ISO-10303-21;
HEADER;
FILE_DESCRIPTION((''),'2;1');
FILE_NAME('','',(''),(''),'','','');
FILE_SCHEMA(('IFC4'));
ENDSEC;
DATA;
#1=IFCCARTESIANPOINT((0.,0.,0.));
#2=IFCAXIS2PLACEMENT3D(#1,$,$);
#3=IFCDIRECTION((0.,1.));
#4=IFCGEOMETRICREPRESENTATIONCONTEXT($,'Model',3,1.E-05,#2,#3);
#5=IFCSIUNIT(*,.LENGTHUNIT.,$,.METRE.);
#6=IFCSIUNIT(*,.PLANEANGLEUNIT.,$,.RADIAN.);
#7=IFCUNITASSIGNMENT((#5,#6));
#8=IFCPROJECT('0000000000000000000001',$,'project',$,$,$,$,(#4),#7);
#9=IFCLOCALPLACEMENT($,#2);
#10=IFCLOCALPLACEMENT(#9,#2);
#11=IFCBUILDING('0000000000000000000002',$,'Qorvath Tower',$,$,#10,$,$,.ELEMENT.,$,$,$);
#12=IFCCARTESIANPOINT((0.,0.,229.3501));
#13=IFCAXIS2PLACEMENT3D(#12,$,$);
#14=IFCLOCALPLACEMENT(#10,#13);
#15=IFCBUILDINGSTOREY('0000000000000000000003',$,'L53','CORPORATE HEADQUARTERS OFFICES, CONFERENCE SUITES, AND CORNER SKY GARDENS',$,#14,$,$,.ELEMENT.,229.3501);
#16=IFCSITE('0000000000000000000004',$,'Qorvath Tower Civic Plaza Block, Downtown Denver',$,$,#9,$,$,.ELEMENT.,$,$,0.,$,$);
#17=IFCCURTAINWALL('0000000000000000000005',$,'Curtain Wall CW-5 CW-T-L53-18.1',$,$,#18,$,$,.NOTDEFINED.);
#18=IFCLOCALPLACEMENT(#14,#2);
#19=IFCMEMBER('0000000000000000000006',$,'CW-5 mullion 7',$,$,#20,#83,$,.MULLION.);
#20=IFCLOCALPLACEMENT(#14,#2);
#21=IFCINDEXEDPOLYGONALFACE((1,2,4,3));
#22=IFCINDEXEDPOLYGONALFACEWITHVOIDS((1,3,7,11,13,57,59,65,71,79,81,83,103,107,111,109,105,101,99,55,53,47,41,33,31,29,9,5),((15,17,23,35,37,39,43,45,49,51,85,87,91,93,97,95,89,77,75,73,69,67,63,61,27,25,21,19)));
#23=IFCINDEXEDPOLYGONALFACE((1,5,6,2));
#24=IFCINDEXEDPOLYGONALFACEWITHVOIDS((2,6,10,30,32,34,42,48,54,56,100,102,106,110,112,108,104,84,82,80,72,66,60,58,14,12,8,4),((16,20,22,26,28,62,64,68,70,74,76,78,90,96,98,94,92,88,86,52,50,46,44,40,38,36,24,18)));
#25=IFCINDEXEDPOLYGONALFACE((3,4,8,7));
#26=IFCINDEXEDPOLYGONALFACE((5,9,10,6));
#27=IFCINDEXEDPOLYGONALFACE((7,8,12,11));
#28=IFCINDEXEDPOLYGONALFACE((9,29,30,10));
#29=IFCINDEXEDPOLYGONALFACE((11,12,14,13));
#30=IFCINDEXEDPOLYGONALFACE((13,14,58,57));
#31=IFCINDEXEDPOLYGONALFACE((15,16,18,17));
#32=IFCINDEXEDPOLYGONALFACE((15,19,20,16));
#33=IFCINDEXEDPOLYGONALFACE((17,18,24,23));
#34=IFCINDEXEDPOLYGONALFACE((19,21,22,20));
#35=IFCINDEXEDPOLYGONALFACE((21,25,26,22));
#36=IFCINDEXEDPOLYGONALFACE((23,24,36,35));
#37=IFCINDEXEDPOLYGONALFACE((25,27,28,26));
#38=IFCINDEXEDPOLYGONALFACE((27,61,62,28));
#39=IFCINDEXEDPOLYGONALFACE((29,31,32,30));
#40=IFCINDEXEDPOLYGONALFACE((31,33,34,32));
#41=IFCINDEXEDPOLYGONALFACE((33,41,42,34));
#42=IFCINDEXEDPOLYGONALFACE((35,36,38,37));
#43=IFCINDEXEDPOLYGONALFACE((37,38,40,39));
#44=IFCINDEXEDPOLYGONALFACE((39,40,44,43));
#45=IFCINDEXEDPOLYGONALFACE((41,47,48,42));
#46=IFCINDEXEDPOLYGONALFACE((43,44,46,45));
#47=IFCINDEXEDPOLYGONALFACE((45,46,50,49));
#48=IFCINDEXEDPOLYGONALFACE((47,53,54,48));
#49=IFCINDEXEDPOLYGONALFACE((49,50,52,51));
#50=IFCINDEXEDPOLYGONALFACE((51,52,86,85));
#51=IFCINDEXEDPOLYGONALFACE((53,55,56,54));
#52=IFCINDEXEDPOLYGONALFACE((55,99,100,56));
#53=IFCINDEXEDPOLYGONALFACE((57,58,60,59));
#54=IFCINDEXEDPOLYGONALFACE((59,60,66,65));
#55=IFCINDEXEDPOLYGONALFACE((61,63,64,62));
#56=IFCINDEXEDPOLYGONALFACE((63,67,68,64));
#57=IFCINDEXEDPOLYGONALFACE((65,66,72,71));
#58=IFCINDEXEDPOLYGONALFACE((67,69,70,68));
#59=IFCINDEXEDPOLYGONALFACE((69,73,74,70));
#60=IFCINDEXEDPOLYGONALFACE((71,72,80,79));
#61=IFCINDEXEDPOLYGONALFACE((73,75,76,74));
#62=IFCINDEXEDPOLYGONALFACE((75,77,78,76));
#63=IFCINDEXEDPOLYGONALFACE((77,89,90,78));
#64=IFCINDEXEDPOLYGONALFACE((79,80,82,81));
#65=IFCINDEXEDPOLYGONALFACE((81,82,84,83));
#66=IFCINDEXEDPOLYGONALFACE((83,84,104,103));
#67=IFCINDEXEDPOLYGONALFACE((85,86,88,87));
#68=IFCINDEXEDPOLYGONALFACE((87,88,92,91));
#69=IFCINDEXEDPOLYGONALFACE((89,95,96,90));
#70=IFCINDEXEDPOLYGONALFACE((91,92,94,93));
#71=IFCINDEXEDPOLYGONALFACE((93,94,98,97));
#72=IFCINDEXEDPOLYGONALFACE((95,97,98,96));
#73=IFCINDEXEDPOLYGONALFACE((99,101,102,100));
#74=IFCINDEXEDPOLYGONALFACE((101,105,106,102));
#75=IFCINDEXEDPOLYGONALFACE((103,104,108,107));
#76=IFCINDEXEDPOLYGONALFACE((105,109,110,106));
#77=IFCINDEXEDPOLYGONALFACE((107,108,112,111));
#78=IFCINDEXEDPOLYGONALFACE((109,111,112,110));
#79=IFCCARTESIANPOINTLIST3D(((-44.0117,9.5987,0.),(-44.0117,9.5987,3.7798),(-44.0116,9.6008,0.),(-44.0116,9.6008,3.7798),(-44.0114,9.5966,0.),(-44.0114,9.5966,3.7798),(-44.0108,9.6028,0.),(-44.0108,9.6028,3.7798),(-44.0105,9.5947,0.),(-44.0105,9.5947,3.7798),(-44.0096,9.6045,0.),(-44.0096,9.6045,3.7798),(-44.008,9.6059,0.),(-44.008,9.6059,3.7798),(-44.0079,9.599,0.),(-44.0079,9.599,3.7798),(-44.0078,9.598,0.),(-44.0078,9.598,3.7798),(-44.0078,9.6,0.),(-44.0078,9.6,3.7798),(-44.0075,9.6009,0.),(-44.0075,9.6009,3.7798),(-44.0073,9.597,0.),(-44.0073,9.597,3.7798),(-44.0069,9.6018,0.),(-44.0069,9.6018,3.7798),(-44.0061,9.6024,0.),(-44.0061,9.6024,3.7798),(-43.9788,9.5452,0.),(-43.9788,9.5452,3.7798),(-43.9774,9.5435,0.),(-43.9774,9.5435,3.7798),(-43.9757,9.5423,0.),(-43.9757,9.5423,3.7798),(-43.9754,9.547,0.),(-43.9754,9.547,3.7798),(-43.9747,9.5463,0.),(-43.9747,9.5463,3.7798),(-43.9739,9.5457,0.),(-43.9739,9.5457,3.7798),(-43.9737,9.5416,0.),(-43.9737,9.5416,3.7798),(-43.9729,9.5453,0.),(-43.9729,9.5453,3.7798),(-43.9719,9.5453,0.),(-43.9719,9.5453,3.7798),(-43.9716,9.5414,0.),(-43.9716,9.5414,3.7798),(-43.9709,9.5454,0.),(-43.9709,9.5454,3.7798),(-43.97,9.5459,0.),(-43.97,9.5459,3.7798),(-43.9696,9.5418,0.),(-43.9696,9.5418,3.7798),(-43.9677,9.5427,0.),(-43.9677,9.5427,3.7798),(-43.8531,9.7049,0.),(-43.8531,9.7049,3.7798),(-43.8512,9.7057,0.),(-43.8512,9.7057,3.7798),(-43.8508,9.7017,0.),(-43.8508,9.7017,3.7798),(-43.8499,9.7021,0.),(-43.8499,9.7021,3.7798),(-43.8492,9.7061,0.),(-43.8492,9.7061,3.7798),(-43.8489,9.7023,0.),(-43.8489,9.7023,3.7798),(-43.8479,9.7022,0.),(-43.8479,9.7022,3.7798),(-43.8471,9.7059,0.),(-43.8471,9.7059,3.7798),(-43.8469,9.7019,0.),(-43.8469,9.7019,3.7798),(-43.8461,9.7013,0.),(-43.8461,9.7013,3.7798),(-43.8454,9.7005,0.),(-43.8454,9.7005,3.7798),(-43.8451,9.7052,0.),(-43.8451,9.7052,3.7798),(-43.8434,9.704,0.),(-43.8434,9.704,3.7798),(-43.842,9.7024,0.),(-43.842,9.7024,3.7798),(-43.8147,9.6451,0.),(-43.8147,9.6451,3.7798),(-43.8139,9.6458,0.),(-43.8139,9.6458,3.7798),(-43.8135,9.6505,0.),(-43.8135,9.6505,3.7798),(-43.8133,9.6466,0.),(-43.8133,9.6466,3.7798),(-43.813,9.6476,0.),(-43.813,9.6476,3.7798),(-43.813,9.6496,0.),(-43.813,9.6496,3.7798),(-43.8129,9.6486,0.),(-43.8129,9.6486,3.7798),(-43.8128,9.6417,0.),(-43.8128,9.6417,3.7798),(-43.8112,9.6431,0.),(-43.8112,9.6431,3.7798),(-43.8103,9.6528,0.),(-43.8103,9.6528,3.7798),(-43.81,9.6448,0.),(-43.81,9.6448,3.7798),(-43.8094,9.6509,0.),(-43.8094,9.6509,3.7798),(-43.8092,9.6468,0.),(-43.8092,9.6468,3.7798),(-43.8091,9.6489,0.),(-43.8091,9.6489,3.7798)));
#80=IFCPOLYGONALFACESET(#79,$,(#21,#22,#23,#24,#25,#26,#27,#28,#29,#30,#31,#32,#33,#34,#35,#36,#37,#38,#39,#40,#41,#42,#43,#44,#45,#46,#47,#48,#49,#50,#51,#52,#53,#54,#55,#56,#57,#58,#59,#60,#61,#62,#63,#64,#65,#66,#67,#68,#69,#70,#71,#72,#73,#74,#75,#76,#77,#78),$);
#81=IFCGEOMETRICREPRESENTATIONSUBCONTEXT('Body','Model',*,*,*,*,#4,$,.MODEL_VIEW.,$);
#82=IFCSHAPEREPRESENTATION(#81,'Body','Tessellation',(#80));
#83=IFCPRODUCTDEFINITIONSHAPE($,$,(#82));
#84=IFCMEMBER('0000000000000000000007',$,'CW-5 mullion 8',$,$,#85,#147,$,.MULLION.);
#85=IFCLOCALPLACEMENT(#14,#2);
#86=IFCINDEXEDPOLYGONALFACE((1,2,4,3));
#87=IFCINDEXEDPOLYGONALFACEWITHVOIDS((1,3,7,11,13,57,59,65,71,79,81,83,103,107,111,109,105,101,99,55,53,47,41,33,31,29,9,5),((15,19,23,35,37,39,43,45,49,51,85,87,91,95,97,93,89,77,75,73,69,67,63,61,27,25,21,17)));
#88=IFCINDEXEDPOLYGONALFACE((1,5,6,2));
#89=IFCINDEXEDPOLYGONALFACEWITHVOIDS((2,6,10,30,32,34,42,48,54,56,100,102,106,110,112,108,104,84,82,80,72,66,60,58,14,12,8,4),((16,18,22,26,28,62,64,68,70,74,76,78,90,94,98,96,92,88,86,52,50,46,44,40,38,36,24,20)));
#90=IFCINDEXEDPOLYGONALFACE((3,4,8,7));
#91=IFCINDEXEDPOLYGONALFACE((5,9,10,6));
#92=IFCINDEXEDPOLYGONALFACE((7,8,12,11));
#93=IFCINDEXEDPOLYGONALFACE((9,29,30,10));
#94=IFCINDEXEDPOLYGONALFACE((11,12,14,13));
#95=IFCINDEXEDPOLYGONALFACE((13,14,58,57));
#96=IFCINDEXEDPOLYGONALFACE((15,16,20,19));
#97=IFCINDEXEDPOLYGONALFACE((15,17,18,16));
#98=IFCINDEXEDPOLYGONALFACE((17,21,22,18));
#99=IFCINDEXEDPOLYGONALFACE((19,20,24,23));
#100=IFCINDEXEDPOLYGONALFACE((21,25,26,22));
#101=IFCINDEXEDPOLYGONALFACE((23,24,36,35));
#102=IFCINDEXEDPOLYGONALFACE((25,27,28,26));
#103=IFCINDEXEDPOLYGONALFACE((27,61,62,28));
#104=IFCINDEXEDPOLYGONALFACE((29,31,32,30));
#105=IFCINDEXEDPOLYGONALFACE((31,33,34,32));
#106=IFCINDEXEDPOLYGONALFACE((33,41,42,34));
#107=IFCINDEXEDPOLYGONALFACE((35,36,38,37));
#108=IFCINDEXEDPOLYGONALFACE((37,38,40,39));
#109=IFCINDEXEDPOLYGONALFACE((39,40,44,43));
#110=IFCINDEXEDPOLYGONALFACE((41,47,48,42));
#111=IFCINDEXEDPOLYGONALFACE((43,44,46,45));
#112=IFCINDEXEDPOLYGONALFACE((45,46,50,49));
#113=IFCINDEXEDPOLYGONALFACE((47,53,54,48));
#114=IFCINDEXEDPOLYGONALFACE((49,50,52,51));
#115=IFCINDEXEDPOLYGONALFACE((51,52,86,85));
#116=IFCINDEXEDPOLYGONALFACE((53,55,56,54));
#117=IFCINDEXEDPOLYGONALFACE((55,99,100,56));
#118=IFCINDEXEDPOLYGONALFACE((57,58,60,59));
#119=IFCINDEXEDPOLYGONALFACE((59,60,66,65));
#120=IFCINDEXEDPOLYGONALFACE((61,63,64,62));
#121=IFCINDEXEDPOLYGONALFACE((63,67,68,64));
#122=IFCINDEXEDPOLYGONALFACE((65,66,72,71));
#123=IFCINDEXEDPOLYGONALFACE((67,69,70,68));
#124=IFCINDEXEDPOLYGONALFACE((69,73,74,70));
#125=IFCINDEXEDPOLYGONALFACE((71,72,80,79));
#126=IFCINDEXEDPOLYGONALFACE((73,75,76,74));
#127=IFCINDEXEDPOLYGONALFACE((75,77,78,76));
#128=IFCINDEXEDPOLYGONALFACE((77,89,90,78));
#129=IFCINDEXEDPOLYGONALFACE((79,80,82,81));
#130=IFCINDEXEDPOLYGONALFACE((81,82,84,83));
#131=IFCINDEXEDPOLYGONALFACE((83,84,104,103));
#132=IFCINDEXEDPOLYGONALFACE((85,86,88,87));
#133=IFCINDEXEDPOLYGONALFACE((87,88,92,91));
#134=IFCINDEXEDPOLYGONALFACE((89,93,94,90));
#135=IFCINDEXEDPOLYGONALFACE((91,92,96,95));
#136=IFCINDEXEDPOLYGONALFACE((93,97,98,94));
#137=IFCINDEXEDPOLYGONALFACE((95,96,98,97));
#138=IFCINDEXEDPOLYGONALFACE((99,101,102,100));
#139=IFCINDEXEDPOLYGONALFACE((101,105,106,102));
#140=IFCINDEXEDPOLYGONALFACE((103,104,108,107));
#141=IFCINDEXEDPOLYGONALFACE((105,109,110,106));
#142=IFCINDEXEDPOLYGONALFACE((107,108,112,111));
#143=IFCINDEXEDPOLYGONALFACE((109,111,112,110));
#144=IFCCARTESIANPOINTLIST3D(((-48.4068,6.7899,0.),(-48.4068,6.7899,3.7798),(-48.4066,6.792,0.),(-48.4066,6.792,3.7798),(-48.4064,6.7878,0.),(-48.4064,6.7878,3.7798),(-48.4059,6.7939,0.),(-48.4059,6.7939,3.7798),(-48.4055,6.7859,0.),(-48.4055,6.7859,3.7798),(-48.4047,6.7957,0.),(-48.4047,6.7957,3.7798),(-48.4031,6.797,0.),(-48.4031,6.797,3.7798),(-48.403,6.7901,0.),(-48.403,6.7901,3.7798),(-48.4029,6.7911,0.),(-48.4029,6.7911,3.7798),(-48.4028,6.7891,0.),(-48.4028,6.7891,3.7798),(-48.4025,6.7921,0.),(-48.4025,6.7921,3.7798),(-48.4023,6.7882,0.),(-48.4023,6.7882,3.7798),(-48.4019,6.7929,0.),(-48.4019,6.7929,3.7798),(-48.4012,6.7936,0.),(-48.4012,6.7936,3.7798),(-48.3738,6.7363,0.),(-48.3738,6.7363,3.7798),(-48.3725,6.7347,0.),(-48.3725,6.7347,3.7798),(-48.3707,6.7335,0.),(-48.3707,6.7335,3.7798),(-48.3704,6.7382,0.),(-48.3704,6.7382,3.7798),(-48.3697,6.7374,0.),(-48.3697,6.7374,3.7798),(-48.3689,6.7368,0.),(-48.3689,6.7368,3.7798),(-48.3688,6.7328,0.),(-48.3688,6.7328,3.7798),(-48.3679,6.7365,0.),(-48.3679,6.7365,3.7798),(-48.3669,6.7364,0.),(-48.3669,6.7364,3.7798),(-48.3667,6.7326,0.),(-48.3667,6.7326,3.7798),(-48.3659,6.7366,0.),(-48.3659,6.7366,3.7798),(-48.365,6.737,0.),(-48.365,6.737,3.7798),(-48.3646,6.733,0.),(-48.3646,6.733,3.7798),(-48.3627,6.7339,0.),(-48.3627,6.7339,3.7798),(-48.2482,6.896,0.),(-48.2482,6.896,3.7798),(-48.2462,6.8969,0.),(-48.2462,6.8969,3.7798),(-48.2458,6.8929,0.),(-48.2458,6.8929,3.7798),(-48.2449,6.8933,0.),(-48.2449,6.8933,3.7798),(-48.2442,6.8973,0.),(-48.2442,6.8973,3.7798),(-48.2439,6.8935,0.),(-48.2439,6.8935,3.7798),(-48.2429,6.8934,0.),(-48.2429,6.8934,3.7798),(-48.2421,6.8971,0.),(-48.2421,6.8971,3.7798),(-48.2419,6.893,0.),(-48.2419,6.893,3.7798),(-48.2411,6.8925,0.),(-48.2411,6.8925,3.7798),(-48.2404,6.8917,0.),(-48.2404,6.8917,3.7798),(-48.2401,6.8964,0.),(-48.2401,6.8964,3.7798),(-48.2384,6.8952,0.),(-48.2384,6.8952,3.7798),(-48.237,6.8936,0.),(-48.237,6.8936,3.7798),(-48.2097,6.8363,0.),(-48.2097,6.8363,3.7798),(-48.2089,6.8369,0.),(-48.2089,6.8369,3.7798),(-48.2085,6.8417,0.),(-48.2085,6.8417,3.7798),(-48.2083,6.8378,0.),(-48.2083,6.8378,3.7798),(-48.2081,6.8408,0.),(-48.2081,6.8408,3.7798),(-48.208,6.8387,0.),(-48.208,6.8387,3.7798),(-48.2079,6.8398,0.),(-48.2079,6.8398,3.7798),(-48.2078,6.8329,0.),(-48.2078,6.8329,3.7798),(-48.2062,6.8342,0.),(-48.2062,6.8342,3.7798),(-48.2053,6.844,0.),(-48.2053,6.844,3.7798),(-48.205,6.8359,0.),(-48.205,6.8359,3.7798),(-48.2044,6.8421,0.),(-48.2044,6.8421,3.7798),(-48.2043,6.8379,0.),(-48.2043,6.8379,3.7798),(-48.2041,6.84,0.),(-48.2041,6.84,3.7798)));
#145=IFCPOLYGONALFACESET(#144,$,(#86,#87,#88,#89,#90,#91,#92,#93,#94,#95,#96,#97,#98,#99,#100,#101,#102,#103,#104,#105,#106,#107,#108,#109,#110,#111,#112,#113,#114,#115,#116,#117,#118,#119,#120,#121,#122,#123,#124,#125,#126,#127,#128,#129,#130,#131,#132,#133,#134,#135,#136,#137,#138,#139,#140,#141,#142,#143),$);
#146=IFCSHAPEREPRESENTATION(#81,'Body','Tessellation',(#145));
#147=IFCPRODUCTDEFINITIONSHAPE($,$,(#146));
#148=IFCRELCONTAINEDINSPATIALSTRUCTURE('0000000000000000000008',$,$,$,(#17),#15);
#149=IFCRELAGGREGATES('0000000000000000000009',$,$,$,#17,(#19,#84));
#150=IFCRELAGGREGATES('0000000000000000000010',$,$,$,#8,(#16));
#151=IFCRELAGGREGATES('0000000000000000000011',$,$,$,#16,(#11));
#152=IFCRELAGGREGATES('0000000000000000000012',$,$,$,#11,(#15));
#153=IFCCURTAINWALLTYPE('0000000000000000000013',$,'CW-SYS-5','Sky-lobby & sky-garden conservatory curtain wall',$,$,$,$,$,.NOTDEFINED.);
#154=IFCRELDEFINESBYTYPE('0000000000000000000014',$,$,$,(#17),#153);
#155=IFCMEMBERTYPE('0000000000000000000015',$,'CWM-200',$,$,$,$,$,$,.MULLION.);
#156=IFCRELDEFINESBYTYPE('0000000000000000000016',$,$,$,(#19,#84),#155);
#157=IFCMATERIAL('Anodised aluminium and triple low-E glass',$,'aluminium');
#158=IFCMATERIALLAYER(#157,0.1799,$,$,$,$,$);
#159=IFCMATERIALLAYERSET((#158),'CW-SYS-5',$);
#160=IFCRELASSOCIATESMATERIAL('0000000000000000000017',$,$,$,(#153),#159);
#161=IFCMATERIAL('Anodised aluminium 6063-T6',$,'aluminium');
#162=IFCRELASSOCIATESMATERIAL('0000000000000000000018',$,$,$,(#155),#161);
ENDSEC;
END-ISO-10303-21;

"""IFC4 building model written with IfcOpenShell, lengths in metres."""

from ifc_helpers import new_model, si_unit, direction, frame, origin, origin_2d, place, context, subcontext, project, spatial, hollow_rectangle, extrude, material, layer, layer_set, material_profile, profile_set, type_object, element, aggregate, save


model = new_model("IFC4")

# Units and contexts
model_context = context("Model", 3, precision=1e-05, world=origin(), true_north=direction((0.0, 1.0)))
body_context = subcontext(model_context, "Body", "Model", "MODEL_VIEW")
ifc_project = project(units=[si_unit("LENGTHUNIT", "METRE"), si_unit("PLANEANGLEUNIT", "RADIAN")], contexts=[model_context])

# Site, building, storey
site_placement = place(None, origin())
site = spatial("IfcSite", under=ifc_project, at=site_placement, Name="Qorvath Tower Civic Plaza Block, Downtown Denver", CompositionType="ELEMENT", RefElevation=0.0)
building_placement = place(site_placement, origin())
building = spatial("IfcBuilding", under=site, at=building_placement, Name="Qorvath Tower", CompositionType="ELEMENT")
storey_placement = place(building_placement, frame((0.0, 0.0, 229.3501)))
storey = spatial("IfcBuildingStorey", under=building, at=storey_placement, Name="L53", Description="CORPORATE HEADQUARTERS OFFICES, CONFERENCE SUITES, AND CORNER SKY GARDENS", CompositionType="ELEMENT", Elevation=229.3501)

# Shared definitions
ifc_material_1 = material(Name="Anodised aluminium and triple low-E glass", Category="aluminium")
ifc_layer_1 = layer(ifc_material_1, 0.1799)
ifc_layer_set_1 = layer_set([ifc_layer_1], Name="CW-SYS-5")
curtain_wall_type = type_object("IfcCurtainWallType", Name="CW-SYS-5", Description="Sky-lobby & sky-garden conservatory curtain wall", PredefinedType="NOTDEFINED", material=ifc_layer_set_1)
ifc_material_2 = material(Name="Anodised aluminium 6063-T6", Category="aluminium")
ifc_material_profile_1 = material_profile(ifc_material_2, hollow_rectangle(XDim=0.075, YDim=0.2, WallThickness=0.0039, InnerFilletRadius=0.0039, OuterFilletRadius=0.0081, at=origin_2d()), Name="CWM 200x75")
ifc_profile_set_1 = profile_set([ifc_material_profile_1], Name="Anodised aluminium 6063-T6")
member_type_1 = type_object("IfcMemberType", Name="CWM-200", PredefinedType="MULLION", material=ifc_profile_set_1)

# Curtain wall, members
curtain_wall_1_placement = place(storey_placement, origin())
curtain_wall_1 = element("IfcCurtainWall", 1, at=curtain_wall_1_placement, inside=storey, type_object=curtain_wall_type, Name="Curtain Wall CW-5 CW-T-L53-18.1", PredefinedType="NOTDEFINED")
member_1_placement = place(storey_placement, frame((-43.9104, 9.6238, 0.0), z_axis=(0.0, 0.0, 1.0), x_axis=(0.538531, -0.842606, 0.0)))
member_1 = element("IfcMember", 2, at=member_1_placement, type_object=member_type_1, Name="CW-5 mullion 7", PredefinedType="MULLION", context=body_context, shape_type="SweptSolid", body=[
    extrude(hollow_rectangle(XDim=0.075, YDim=0.2, WallThickness=0.0039, InnerFilletRadius=0.0039, OuterFilletRadius=0.0081, at=origin_2d()), origin(), (0.0, 0.0, 1.0), 3.7798),
])
member_2_placement = place(storey_placement, frame((-48.3054, 6.8149, 0.0), z_axis=(0.0, 0.0, 1.0), x_axis=(0.538531, -0.842606, 0.0)))
member_2 = element("IfcMember", 3, at=member_2_placement, type_object=member_type_1, Name="CW-5 mullion 8", PredefinedType="MULLION", context=body_context, shape_type="SweptSolid", body=[
    extrude(hollow_rectangle(XDim=0.075, YDim=0.2, WallThickness=0.0039, InnerFilletRadius=0.0039, OuterFilletRadius=0.0081, at=origin_2d()), origin(), (0.0, 0.0, 1.0), 3.7798),
])

aggregate(curtain_wall_1, [member_1, member_2])

save(model, "model.ifc")
